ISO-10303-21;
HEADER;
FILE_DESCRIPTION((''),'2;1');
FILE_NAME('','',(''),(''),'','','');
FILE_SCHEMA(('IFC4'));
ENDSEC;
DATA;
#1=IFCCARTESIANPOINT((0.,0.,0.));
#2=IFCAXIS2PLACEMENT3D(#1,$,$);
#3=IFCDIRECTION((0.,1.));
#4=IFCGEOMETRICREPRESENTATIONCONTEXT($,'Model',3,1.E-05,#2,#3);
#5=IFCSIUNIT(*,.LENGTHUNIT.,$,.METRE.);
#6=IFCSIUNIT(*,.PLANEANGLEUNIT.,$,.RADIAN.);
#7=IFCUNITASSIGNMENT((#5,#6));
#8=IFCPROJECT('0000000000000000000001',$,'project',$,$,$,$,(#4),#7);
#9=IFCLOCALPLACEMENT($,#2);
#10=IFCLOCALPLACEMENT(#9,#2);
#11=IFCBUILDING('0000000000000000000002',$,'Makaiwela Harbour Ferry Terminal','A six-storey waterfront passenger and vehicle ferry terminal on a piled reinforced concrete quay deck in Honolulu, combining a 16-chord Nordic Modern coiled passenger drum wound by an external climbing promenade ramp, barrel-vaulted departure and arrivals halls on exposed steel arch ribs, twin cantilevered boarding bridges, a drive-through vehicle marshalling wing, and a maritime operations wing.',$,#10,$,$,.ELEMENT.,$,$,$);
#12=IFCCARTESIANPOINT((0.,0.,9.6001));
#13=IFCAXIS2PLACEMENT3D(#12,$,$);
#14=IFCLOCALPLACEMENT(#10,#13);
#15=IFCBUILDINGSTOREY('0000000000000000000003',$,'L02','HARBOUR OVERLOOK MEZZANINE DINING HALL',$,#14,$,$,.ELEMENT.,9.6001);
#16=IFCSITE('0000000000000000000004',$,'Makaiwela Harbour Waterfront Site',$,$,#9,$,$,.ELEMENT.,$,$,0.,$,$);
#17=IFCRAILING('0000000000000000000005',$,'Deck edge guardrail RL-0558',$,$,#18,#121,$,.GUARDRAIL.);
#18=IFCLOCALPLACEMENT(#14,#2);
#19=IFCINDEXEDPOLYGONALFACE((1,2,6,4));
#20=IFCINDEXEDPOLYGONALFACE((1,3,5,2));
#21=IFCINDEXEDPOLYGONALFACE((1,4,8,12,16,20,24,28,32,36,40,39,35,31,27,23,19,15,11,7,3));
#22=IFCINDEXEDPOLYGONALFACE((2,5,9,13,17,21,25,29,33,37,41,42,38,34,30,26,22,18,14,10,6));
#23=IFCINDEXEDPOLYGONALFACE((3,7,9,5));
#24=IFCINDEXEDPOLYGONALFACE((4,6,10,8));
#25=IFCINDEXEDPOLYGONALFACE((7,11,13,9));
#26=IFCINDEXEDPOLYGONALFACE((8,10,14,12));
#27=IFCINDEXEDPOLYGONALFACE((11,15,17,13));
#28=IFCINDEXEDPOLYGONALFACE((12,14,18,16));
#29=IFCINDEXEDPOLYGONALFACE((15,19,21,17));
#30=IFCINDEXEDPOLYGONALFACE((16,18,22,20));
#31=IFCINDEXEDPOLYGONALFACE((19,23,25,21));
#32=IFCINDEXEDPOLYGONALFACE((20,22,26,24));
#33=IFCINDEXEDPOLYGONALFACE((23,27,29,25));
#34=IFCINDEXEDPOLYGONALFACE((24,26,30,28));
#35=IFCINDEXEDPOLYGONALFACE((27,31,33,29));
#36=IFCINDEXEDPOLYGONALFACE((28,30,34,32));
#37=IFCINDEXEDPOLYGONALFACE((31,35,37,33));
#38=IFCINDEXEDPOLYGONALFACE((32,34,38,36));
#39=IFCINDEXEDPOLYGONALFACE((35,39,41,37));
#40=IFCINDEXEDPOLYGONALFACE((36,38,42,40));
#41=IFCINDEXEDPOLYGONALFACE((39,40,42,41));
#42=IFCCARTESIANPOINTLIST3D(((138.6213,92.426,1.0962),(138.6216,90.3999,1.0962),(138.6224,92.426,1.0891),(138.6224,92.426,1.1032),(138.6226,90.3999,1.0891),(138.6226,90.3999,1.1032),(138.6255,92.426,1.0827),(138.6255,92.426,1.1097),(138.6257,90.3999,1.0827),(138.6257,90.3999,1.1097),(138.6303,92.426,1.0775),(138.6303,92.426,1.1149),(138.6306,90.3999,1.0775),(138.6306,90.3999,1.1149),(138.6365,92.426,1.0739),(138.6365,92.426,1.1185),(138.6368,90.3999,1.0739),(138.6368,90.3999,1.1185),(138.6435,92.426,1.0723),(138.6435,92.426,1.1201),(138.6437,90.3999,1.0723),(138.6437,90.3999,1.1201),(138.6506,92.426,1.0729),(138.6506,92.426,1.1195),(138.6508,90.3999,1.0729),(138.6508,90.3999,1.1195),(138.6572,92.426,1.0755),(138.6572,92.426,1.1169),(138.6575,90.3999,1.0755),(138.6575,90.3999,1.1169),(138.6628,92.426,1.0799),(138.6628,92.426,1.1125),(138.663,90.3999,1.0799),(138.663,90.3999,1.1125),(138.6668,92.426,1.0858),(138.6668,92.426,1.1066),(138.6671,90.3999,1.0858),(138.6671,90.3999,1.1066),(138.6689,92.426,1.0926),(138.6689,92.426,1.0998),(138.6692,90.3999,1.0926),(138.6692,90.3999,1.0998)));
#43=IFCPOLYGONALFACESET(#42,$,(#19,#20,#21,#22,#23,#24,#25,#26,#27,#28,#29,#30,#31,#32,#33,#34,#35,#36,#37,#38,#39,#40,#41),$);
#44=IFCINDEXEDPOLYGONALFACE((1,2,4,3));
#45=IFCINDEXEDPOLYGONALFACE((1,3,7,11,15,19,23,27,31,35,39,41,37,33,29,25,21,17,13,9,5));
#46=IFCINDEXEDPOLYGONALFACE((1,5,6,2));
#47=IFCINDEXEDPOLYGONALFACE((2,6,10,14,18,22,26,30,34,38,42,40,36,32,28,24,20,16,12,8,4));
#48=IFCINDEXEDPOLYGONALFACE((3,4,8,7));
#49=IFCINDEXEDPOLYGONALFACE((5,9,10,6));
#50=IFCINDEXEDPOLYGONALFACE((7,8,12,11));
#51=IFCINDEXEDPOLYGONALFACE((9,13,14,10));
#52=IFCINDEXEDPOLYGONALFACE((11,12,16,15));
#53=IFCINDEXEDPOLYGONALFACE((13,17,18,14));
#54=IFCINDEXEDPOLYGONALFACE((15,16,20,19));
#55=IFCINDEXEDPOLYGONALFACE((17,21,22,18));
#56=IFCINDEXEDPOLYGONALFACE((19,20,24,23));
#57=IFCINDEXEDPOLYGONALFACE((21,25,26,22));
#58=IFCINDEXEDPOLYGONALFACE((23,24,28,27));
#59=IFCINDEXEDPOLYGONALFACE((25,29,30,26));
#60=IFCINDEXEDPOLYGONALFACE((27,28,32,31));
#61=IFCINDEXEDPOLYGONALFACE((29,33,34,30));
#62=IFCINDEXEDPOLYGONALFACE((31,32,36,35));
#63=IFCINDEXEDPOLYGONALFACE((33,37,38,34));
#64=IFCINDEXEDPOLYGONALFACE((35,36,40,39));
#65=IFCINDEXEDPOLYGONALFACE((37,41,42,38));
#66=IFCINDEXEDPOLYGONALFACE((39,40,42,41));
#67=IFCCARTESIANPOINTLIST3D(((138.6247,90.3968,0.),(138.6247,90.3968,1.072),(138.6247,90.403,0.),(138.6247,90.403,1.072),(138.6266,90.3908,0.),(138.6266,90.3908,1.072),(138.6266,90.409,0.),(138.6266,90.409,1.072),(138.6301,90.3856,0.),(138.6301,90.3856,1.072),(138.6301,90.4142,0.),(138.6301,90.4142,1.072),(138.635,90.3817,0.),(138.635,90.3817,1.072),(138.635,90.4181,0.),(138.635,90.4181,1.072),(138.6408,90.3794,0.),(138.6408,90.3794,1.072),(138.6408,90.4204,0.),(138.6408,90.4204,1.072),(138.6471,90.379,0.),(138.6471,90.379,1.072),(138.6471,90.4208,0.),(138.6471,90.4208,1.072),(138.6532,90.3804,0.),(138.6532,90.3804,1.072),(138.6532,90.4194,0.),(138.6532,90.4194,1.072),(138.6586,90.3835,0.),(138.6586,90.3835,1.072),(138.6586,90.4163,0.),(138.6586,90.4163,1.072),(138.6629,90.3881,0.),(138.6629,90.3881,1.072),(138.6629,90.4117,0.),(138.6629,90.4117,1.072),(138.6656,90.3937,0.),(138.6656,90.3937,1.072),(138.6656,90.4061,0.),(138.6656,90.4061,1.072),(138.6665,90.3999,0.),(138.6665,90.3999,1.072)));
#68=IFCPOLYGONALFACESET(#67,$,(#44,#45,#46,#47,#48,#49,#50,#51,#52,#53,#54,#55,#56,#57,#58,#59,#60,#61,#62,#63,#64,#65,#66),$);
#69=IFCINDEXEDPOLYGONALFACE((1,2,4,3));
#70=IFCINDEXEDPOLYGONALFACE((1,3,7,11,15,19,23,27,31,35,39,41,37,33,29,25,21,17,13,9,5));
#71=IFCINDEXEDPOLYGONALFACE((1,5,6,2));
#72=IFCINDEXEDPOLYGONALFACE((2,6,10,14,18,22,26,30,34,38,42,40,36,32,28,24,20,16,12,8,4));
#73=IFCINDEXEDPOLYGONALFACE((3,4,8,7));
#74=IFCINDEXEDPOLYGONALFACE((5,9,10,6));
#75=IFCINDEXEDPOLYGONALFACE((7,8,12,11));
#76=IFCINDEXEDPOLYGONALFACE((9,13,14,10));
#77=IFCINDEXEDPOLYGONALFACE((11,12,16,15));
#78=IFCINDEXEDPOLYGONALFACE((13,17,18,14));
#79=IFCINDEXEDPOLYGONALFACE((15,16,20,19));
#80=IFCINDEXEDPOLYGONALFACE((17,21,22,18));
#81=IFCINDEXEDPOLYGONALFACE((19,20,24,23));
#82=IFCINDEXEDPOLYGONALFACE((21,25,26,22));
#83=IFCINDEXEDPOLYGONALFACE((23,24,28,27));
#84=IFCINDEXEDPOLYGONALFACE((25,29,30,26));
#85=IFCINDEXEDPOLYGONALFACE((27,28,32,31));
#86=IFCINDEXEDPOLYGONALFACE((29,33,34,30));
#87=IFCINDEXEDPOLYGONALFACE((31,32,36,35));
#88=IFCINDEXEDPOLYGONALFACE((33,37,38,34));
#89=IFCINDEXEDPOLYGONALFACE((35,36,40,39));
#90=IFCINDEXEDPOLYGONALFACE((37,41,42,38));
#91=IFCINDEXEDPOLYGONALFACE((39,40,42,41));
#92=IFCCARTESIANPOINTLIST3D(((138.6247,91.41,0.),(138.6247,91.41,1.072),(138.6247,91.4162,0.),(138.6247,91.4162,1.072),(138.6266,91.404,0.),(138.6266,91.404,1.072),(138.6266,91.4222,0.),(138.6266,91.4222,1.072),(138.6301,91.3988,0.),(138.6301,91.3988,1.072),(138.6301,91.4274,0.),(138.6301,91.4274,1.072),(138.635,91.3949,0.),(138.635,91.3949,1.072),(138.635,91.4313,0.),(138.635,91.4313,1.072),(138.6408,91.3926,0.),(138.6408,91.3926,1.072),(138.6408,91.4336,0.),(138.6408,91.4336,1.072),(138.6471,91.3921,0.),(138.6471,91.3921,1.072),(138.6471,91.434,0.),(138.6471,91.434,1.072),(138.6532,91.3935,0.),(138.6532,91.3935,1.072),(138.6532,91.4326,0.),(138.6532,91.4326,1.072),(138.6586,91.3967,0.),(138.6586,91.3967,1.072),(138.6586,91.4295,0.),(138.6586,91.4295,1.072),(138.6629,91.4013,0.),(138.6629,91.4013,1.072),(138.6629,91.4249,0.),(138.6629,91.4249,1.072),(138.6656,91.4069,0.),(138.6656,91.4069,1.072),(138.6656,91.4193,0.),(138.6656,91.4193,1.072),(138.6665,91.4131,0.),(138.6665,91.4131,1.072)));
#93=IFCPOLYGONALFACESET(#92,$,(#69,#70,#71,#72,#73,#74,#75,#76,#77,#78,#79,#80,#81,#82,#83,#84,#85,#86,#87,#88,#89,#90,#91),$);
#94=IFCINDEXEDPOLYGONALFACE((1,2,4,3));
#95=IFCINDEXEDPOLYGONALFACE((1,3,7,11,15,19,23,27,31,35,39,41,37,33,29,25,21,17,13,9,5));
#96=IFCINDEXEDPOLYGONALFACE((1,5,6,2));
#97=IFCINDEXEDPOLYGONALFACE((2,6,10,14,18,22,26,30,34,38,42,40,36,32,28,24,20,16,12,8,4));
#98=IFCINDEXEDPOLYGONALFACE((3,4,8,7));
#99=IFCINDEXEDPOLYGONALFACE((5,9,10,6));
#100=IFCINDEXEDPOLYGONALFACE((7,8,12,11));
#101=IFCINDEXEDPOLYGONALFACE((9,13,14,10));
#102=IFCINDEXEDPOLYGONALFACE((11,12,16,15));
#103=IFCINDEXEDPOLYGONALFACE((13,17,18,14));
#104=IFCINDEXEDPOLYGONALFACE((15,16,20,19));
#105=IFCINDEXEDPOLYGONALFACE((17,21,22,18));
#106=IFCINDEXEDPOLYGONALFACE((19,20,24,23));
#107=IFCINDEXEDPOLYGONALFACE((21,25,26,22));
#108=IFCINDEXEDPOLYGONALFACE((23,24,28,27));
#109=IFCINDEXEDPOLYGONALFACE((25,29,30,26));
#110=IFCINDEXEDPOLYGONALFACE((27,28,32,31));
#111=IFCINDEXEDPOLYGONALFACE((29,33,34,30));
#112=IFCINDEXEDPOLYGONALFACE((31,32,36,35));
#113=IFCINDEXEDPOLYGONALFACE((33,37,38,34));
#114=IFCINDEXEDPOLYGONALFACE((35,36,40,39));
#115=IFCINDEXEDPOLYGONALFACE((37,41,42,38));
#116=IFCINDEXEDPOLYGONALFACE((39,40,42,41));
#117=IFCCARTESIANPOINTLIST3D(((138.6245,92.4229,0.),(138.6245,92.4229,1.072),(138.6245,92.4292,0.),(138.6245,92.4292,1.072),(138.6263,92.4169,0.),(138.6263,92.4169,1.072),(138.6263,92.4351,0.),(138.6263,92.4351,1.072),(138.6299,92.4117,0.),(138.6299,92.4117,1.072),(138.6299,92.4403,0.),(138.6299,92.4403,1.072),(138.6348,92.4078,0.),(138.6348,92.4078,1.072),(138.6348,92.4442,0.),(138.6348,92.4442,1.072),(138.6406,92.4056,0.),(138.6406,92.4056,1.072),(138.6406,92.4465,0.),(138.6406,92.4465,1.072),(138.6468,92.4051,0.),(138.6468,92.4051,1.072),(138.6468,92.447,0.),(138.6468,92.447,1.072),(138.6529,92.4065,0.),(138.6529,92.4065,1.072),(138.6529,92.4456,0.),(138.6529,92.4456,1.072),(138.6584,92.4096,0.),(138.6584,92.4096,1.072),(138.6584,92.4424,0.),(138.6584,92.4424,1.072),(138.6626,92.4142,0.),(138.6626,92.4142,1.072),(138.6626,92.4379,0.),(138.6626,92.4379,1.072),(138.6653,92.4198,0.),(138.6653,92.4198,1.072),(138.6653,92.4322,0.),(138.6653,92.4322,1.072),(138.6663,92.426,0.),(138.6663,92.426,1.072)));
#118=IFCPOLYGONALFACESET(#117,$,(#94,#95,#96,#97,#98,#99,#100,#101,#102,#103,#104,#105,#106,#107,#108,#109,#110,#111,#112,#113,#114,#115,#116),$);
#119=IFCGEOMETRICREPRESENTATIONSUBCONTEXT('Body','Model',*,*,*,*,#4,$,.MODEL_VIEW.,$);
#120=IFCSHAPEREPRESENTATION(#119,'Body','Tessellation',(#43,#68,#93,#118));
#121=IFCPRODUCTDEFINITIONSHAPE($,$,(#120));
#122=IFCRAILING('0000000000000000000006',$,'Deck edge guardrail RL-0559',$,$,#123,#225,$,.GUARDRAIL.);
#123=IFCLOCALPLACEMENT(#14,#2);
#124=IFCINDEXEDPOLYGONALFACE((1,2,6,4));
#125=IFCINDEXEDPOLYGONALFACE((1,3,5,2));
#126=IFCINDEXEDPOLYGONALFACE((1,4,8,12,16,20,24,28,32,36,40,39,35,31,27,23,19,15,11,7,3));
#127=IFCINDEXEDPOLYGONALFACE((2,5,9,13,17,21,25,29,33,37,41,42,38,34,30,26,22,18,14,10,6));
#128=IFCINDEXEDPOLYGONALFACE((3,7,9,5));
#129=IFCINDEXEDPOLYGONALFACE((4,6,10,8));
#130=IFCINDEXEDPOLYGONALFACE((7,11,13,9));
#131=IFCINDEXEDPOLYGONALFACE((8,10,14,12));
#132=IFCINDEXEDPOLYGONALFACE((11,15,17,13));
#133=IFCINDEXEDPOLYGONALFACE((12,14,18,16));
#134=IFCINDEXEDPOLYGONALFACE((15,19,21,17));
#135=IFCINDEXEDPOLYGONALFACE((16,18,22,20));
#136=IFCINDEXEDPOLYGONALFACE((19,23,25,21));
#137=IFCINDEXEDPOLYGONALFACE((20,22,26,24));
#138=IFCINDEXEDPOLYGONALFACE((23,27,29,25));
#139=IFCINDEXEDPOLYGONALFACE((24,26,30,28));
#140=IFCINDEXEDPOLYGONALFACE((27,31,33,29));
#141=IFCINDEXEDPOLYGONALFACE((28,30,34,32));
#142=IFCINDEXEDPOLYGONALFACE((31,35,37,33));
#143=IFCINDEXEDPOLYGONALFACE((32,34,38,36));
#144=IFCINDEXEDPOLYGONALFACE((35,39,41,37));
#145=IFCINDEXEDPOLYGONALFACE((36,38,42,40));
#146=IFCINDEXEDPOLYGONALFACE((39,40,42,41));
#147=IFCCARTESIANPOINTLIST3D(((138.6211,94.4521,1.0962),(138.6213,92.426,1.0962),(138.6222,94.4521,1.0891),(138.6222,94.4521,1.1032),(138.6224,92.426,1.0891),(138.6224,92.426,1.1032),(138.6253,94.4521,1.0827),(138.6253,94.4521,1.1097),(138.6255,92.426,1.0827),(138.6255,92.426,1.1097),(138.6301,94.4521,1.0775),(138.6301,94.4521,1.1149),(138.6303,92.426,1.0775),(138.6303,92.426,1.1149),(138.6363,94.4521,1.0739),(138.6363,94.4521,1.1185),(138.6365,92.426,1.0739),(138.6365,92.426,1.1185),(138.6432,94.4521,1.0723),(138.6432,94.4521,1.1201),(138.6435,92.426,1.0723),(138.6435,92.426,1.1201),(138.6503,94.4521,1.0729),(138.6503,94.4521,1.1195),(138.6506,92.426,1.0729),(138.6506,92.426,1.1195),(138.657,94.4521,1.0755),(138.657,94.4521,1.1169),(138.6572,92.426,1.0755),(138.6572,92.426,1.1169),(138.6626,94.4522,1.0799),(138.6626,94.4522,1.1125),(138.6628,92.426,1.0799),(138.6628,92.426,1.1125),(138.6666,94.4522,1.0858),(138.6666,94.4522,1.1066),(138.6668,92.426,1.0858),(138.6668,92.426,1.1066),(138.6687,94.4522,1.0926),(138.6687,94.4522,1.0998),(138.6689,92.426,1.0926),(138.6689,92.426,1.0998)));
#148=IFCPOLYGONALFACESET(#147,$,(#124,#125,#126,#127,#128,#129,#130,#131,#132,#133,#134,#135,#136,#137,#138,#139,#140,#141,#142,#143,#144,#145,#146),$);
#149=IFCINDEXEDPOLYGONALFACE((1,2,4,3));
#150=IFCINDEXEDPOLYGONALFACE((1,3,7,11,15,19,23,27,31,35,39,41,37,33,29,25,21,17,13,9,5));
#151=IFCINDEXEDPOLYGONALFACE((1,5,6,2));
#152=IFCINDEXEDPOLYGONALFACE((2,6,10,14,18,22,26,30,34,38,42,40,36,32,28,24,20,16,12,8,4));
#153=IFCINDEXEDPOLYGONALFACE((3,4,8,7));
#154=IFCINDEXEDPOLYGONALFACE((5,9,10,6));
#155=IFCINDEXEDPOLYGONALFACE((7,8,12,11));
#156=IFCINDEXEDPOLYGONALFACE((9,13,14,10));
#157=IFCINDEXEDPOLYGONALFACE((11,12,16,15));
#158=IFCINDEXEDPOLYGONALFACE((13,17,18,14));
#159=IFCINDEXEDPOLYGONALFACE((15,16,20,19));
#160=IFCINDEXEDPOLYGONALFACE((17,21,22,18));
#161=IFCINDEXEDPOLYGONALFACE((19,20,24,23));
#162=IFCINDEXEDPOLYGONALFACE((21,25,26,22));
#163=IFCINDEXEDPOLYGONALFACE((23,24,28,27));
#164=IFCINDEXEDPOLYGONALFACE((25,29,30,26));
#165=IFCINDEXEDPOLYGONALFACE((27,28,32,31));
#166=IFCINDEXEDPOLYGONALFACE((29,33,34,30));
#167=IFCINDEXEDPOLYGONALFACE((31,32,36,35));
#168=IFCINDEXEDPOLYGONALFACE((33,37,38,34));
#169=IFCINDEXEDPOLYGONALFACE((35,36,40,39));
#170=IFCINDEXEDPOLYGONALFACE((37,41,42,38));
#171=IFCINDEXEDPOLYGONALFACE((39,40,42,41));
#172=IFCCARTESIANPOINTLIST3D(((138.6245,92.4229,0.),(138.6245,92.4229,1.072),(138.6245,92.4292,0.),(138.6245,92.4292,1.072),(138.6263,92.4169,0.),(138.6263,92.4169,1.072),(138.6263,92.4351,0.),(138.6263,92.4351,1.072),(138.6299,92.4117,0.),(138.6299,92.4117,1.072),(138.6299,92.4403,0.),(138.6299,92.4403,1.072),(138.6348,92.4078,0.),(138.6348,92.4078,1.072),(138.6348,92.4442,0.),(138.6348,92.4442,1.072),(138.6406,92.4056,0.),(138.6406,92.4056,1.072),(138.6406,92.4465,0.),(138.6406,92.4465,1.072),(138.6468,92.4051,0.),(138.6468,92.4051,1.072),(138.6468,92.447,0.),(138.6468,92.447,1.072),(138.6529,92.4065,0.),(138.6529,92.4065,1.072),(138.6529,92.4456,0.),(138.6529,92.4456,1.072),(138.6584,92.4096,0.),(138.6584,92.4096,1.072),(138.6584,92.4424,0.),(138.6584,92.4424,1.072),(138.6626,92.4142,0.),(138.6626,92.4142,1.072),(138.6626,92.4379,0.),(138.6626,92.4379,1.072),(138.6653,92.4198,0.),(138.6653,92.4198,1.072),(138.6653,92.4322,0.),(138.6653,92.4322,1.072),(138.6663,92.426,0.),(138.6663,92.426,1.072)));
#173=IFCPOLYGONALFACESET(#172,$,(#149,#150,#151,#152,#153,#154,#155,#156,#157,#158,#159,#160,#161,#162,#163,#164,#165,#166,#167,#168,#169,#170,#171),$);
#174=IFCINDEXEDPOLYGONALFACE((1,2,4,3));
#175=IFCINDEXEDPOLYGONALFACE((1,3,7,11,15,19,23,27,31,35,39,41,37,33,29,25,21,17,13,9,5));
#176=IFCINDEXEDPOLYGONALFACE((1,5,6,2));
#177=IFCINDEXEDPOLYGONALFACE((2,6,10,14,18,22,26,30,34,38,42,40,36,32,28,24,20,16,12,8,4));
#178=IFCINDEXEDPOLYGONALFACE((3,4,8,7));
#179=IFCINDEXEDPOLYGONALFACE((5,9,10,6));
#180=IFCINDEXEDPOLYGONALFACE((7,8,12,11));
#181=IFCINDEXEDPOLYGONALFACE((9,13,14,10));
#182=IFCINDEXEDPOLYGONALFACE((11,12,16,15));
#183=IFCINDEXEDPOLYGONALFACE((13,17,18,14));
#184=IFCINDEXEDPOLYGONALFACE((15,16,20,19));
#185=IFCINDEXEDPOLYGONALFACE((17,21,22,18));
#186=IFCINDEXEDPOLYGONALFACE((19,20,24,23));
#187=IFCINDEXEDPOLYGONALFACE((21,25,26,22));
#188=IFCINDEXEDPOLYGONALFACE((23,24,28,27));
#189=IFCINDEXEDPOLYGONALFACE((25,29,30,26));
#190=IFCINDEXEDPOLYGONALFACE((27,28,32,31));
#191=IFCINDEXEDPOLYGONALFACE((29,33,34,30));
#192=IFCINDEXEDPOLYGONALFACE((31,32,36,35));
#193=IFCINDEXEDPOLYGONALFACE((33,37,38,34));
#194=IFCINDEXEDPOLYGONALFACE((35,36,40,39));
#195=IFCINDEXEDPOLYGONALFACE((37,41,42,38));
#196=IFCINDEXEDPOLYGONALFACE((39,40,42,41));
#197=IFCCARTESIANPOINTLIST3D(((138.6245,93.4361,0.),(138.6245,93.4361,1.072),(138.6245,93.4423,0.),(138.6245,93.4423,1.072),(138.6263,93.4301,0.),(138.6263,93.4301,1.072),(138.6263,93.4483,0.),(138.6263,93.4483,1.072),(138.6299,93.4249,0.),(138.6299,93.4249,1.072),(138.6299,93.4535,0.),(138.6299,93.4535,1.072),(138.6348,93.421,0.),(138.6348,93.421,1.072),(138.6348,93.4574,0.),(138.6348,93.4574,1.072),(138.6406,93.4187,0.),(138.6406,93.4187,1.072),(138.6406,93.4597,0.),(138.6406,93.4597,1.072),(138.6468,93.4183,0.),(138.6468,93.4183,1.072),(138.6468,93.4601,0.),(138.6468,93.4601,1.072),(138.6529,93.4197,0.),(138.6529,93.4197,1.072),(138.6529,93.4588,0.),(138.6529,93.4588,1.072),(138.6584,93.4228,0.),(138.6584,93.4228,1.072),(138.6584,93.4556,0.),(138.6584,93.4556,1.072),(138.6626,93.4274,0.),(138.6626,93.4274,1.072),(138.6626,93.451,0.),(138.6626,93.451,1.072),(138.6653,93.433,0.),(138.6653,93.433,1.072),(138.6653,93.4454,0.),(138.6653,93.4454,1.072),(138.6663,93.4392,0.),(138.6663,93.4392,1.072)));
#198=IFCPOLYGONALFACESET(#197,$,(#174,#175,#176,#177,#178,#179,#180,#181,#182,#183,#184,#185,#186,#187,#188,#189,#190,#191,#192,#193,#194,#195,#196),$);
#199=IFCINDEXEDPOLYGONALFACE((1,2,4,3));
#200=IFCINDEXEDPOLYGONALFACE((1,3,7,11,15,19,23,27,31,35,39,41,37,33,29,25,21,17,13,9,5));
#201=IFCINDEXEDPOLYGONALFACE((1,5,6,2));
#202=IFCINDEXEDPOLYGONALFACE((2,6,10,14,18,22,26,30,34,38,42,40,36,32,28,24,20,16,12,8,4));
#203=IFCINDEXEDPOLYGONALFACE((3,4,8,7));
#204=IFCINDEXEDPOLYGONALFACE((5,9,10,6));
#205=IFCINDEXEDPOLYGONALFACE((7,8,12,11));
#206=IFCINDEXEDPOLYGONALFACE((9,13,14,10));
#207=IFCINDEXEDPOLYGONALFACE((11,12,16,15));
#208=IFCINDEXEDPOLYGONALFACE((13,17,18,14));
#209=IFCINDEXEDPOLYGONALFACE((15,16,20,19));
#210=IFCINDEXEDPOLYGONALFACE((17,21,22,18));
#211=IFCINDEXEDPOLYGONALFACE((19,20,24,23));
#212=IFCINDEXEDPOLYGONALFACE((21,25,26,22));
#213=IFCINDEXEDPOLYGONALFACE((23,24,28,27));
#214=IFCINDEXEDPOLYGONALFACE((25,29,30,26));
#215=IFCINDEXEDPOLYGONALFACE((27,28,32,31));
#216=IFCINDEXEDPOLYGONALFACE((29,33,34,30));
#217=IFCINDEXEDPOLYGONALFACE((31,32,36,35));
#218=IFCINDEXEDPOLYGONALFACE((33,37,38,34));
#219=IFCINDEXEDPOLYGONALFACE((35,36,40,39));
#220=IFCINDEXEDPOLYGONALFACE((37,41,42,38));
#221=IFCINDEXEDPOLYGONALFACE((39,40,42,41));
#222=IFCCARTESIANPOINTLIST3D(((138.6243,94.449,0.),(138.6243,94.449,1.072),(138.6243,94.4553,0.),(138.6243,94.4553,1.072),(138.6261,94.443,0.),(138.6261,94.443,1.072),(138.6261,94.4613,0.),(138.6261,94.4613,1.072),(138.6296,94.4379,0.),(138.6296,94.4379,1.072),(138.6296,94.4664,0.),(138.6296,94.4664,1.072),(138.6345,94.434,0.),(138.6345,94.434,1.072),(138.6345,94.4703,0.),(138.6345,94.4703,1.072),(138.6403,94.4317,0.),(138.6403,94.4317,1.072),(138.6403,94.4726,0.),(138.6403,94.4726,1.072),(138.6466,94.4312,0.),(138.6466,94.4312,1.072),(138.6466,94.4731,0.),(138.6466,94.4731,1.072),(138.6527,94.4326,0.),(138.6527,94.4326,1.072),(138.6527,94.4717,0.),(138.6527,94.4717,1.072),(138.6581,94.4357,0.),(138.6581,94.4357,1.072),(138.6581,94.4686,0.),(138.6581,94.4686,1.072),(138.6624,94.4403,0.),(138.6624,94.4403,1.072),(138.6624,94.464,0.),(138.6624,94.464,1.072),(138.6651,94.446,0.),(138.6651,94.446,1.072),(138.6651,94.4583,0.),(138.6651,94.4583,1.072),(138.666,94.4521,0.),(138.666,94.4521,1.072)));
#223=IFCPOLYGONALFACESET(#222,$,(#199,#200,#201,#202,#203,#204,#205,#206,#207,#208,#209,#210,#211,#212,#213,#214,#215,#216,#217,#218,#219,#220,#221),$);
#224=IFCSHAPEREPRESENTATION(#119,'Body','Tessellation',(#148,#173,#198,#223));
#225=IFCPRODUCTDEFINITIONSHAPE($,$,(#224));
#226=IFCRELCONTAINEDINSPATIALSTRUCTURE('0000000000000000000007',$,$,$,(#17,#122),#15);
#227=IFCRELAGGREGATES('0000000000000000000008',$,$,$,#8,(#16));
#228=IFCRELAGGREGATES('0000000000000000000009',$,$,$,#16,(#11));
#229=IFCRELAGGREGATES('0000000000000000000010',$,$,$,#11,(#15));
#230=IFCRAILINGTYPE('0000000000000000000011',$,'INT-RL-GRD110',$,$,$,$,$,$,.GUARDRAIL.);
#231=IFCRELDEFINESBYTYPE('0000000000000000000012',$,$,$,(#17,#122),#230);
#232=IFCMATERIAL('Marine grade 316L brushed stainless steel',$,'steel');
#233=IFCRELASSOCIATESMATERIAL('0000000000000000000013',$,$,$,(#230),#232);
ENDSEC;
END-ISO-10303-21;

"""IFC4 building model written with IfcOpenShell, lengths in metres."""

from ifc_helpers import new_model, si_unit, direction, frame, origin, origin_2d, place, context, subcontext, project, spatial, circle, extrude, material, type_object, element, save


model = new_model("IFC4")

# Units and contexts
model_context = context("Model", 3, precision=1e-05, world=origin(), true_north=direction((0.0, 1.0)))
body_context = subcontext(model_context, "Body", "Model", "MODEL_VIEW")
ifc_project = project(units=[si_unit("LENGTHUNIT", "METRE"), si_unit("PLANEANGLEUNIT", "RADIAN")], contexts=[model_context])

# Site, building, storey
site_placement = place(None, origin())
site = spatial("IfcSite", under=ifc_project, at=site_placement, Name="Makaiwela Harbour Waterfront Site", CompositionType="ELEMENT", RefElevation=0.0)
building_placement = place(site_placement, origin())
building = spatial("IfcBuilding", under=site, at=building_placement, Name="Makaiwela Harbour Ferry Terminal", Description="A six-storey waterfront passenger and vehicle ferry terminal on a piled reinforced concrete quay deck in Honolulu, combining a 16-chord Nordic Modern coiled passenger drum wound by an external climbing promenade ramp, barrel-vaulted departure and arrivals halls on exposed steel arch ribs, twin cantilevered boarding bridges, a drive-through vehicle marshalling wing, and a maritime operations wing.", CompositionType="ELEMENT")
storey_placement = place(building_placement, frame((0.0, 0.0, 9.6001)))
storey = spatial("IfcBuildingStorey", under=building, at=storey_placement, Name="L02", Description="HARBOUR OVERLOOK MEZZANINE DINING HALL", CompositionType="ELEMENT", Elevation=9.6001)

# Railings
ifc_material_1 = material(Name="Marine grade 316L brushed stainless steel", Category="steel")
railing_type = type_object("IfcRailingType", Name="INT-RL-GRD110", PredefinedType="GUARDRAIL", material=ifc_material_1)
for number, where, name in (
    (1, (138.6455, 90.3999, 0.0), "Deck edge guardrail RL-0558"),
    (2, (138.6453, 92.426, 0.0), "Deck edge guardrail RL-0559"),
):
    element("IfcRailing", number, at=place(storey_placement, frame(where)), inside=storey, type_object=railing_type, Name=name, PredefinedType="GUARDRAIL", context=body_context, shape_type="SweptSolid", body=[
        extrude(circle(Radius=0.0239, at=origin_2d()), frame((0.0, 0.0, 1.0962), z_axis=(-0.00012, 1.0, 0.0), x_axis=(-1.0, -0.00012, 0.0)), (0.0, 0.0, 1.0), 2.0261),
        extrude(circle(Radius=0.021, at=origin_2d()), origin(), (0.0, 0.0, 1.0), 1.072),
        extrude(circle(Radius=0.021, at=origin_2d()), frame((0.0, 1.0132, 0.0)), (0.0, 0.0, 1.0), 1.072),
        extrude(circle(Radius=0.021, at=origin_2d()), frame((-0.0002, 2.0261, 0.0)), (0.0, 0.0, 1.0), 1.072),
    ])

save(model, "model.ifc")
